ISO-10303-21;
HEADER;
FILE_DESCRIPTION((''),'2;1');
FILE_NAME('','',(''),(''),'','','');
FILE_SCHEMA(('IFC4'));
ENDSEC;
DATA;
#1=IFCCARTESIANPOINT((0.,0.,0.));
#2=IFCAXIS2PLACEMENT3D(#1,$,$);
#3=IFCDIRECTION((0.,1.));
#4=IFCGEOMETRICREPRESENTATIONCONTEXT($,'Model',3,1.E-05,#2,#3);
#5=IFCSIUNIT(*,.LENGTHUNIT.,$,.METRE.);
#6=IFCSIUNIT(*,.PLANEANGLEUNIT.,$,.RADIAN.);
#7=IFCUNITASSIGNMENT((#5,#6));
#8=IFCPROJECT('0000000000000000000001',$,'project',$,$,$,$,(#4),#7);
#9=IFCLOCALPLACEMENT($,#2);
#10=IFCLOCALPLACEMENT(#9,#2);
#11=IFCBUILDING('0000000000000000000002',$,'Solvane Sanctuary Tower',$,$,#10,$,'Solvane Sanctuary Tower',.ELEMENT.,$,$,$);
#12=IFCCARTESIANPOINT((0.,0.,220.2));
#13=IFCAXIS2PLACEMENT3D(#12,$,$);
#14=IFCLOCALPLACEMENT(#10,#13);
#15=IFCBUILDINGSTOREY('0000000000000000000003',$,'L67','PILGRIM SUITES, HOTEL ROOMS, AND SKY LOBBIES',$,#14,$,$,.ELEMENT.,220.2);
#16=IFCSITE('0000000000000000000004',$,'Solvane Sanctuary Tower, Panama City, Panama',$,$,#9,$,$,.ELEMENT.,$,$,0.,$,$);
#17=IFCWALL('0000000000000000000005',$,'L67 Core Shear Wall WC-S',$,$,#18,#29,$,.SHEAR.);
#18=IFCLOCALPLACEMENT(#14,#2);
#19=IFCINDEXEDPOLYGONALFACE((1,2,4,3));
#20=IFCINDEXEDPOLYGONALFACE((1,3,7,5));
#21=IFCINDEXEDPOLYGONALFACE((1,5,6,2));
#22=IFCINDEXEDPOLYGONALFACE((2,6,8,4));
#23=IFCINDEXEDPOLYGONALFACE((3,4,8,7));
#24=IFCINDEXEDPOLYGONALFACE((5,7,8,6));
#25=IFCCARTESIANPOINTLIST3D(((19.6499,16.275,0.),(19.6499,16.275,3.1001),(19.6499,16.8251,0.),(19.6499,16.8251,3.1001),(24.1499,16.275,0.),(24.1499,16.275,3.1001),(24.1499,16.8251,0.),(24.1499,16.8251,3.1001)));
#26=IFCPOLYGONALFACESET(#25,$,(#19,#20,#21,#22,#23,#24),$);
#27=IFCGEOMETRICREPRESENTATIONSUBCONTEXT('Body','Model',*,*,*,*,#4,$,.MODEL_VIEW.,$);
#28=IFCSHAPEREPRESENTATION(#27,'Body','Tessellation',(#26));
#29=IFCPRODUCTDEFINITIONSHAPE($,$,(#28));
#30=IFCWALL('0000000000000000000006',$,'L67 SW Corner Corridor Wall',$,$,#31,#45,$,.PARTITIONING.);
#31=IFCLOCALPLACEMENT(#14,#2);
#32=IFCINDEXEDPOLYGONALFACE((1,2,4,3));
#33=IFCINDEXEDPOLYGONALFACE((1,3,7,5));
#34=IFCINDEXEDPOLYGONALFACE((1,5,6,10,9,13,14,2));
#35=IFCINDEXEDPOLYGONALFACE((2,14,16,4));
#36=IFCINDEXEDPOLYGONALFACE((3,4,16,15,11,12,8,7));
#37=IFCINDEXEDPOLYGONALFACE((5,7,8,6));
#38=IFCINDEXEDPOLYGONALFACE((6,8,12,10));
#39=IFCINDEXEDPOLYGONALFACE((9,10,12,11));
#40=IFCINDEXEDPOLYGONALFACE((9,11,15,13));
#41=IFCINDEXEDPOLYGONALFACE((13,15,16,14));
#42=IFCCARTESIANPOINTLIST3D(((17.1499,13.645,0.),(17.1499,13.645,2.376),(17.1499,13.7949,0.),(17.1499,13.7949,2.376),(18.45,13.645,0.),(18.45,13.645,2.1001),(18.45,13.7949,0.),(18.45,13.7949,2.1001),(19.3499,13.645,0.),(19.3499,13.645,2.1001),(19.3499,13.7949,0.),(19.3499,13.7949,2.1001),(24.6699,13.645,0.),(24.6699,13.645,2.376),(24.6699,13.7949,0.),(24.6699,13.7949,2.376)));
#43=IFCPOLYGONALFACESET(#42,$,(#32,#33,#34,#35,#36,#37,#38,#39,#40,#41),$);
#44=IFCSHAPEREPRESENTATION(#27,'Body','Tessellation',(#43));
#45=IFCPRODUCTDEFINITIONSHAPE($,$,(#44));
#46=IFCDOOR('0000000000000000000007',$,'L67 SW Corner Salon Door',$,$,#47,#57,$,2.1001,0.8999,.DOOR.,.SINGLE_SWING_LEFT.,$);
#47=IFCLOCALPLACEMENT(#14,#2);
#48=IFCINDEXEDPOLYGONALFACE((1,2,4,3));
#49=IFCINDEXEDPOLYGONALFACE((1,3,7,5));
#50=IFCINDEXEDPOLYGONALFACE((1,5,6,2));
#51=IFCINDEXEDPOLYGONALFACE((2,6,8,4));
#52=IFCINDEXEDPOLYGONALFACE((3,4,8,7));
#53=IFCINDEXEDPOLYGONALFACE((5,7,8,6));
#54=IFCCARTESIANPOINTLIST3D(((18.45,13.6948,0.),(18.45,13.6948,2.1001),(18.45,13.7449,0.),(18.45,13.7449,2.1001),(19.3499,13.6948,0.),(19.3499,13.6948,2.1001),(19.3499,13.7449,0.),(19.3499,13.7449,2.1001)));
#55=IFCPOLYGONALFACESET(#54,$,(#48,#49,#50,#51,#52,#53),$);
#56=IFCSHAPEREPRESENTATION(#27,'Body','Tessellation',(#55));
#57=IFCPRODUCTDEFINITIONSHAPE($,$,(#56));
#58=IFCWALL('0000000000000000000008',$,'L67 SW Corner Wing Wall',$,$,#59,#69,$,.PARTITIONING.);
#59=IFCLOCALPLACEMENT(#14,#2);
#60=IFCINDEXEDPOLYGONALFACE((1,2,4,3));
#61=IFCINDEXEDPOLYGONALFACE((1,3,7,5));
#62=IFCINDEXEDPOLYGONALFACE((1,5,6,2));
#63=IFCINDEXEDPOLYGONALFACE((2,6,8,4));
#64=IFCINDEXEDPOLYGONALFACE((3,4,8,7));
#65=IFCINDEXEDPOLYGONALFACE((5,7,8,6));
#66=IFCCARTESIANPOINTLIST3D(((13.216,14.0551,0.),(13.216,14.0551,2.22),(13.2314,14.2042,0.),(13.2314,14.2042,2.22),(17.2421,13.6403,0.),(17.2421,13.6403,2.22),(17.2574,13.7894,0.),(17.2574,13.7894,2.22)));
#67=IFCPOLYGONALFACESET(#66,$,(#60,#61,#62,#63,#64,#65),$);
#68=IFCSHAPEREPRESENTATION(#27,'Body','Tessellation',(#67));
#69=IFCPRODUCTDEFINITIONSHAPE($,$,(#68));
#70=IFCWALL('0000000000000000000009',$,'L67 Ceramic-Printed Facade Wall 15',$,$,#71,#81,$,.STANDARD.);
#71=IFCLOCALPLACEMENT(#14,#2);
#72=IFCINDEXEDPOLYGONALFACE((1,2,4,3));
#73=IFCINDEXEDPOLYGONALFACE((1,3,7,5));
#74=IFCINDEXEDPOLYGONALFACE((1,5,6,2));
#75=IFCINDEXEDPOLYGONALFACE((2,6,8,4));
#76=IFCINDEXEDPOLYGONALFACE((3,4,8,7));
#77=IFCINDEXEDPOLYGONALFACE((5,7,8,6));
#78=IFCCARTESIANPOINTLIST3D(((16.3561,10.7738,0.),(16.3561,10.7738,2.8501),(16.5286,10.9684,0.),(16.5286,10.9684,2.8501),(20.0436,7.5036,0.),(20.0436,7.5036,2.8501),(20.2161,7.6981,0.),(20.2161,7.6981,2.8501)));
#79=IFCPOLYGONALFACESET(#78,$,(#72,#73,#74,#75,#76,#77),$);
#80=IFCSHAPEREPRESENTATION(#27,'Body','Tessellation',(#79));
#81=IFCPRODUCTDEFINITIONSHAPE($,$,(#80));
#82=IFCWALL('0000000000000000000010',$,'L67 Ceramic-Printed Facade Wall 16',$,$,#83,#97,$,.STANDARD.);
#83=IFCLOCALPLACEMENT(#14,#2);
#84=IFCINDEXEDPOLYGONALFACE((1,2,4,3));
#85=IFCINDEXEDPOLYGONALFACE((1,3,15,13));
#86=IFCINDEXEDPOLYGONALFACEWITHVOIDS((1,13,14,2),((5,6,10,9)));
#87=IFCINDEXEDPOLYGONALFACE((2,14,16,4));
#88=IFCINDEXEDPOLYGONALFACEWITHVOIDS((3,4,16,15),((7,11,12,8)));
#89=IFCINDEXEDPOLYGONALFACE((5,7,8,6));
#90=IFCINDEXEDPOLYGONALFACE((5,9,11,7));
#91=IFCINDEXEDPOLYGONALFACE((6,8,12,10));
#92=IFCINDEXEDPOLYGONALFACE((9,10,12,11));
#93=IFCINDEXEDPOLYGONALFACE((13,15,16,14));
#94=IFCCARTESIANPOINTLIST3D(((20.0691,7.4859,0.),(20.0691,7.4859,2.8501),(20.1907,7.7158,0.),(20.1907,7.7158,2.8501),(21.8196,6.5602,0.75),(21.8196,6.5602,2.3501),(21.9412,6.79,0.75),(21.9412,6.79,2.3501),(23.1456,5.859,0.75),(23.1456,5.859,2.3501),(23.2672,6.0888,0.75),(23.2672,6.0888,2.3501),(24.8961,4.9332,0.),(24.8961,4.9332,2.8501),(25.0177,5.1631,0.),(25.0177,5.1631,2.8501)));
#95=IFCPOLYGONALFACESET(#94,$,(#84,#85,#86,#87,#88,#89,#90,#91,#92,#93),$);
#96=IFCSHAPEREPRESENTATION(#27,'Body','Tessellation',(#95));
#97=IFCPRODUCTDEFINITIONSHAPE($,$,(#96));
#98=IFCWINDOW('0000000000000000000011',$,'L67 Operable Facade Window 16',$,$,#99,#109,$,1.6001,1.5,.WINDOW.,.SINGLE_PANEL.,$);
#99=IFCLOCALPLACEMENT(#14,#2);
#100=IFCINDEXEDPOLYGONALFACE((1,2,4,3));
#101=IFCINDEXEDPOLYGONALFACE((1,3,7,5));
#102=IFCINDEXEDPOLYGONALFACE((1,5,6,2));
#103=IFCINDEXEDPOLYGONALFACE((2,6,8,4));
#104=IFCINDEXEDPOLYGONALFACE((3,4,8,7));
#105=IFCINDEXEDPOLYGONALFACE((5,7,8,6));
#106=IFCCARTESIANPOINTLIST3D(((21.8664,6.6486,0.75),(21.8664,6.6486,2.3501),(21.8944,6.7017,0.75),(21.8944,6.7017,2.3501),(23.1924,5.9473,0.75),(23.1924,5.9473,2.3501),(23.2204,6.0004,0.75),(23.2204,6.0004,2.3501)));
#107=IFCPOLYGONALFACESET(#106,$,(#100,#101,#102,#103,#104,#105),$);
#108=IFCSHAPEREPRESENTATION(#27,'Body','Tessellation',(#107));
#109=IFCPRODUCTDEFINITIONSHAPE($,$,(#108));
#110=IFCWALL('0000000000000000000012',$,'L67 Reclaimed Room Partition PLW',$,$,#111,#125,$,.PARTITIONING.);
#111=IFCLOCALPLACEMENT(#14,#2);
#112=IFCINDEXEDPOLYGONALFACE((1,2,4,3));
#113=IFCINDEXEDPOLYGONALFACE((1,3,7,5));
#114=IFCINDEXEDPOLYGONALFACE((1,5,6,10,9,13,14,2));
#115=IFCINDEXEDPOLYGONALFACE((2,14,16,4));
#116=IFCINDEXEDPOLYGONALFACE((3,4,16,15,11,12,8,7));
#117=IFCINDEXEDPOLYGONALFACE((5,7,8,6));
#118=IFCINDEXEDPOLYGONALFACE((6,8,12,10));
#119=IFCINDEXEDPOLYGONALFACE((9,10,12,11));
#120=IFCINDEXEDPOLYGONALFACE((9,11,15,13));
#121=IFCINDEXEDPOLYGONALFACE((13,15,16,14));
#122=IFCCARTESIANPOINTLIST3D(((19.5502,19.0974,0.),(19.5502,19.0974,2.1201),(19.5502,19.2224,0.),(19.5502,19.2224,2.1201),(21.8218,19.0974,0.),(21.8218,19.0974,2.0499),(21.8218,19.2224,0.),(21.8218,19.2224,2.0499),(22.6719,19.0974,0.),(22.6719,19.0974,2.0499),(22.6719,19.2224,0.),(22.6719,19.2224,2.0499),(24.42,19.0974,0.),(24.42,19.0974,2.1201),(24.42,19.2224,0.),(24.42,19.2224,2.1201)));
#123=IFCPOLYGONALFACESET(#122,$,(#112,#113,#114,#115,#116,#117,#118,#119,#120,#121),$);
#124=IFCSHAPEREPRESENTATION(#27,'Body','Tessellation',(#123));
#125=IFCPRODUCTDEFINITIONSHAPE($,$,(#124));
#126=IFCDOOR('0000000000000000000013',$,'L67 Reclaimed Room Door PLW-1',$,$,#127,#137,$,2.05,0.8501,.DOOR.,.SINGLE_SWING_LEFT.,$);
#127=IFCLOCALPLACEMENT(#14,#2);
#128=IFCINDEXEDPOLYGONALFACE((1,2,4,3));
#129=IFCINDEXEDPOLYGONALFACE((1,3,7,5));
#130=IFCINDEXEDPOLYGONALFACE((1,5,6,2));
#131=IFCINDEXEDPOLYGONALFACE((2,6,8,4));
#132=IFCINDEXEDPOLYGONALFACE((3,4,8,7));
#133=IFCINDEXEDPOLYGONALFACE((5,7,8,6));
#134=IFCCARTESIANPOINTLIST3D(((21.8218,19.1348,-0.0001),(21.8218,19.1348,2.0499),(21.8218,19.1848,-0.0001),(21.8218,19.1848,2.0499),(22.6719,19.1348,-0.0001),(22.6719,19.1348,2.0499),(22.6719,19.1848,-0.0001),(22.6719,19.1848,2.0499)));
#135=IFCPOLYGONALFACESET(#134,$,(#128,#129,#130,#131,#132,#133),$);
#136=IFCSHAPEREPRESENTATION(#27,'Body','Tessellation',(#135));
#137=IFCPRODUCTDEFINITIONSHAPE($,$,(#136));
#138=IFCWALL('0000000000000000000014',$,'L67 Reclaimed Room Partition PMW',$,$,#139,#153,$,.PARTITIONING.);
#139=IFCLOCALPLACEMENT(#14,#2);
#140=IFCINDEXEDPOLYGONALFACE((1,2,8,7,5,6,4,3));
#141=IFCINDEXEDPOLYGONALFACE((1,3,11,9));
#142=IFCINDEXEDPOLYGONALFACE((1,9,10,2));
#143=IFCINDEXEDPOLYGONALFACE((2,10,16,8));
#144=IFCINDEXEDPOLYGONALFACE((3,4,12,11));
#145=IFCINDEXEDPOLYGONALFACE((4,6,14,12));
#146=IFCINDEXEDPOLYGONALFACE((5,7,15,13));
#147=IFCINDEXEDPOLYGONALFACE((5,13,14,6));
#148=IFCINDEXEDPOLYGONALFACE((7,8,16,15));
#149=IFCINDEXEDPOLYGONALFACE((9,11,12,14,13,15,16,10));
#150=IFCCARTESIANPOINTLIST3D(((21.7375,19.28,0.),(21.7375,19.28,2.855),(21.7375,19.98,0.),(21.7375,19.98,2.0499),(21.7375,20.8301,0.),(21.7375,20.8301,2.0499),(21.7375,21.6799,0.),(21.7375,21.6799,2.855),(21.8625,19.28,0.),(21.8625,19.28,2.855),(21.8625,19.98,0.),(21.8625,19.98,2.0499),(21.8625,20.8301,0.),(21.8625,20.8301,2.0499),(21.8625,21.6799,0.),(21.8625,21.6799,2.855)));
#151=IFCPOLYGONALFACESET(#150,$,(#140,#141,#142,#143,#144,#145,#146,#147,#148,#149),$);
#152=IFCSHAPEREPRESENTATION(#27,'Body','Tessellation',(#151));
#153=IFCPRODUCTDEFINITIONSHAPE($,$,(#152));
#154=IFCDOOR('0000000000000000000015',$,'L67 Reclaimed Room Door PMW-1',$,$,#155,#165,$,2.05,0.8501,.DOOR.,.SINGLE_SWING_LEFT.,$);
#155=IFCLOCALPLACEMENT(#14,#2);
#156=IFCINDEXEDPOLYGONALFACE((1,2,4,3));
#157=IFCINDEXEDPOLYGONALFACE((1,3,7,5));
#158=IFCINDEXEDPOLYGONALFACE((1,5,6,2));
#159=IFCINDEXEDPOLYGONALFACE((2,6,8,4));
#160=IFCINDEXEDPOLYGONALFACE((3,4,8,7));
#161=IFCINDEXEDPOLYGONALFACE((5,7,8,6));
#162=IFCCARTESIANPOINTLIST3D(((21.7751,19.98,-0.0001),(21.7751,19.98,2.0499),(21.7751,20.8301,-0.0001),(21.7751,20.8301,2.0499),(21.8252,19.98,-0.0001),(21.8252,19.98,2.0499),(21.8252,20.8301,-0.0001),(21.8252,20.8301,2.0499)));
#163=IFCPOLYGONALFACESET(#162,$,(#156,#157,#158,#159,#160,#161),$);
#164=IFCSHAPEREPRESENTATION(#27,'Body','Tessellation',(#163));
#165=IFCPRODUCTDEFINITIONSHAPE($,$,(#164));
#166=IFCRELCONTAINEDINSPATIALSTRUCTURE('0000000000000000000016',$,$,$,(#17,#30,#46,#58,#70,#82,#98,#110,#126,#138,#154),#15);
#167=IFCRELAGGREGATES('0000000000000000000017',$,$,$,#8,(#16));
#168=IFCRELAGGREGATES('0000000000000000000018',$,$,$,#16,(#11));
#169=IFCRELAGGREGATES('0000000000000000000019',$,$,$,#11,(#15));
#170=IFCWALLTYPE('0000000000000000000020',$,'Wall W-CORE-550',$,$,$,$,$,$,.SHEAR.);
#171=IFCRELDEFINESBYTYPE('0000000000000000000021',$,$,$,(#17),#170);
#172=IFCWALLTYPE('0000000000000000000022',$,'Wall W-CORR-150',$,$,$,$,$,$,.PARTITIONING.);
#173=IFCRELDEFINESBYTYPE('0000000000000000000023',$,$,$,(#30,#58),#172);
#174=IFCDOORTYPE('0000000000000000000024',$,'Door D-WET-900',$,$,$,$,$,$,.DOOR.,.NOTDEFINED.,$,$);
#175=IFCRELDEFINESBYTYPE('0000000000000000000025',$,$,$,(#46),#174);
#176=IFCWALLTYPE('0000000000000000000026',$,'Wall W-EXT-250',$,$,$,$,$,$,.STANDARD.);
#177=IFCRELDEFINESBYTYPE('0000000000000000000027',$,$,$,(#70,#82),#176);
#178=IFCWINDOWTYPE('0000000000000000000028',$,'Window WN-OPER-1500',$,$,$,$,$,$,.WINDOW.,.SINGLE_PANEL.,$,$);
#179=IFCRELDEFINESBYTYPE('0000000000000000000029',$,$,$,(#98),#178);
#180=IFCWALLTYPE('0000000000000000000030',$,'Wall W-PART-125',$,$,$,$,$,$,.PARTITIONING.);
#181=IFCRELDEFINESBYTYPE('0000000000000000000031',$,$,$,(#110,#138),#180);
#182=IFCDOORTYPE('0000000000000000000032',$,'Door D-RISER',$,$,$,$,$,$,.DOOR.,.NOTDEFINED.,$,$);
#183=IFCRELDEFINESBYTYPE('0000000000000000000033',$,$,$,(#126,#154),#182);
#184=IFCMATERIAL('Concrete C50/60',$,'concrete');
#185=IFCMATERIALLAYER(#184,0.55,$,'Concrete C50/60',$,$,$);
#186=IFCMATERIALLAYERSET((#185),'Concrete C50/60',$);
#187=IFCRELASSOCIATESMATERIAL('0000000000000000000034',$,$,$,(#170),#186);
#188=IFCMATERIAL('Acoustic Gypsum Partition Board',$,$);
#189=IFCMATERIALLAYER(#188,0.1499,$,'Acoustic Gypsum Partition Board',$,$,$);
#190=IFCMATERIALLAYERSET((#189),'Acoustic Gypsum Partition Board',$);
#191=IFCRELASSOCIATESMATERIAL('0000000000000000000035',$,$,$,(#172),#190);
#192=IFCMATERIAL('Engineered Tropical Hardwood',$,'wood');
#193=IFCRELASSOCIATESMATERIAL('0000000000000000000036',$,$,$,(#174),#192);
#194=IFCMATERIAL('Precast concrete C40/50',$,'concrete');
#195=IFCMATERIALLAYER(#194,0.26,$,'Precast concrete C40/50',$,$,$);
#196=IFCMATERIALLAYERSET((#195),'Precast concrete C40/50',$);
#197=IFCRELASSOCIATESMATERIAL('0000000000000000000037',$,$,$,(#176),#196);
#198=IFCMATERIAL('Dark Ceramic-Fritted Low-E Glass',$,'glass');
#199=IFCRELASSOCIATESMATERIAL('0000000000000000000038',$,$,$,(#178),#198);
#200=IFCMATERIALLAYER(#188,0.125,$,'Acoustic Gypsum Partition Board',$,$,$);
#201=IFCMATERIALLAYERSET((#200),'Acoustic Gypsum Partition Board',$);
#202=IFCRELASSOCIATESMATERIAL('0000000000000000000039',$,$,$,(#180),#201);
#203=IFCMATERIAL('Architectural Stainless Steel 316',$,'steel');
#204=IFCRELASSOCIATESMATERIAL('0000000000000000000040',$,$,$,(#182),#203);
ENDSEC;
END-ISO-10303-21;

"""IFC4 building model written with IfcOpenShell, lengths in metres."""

from ifc_helpers import new_model, si_unit, direction, frame, frame_2d, origin, place, context, subcontext, project, spatial, rectangle, extrude, material, layer, layer_set, type_object, element, fill, save


model = new_model("IFC4")

# Units and contexts
model_context = context("Model", 3, precision=1e-05, world=origin(), true_north=direction((0.0, 1.0)))
body_context = subcontext(model_context, "Body", "Model", "MODEL_VIEW")
ifc_project = project(units=[si_unit("LENGTHUNIT", "METRE"), si_unit("PLANEANGLEUNIT", "RADIAN")], contexts=[model_context])

# Site, building, storey
site_placement = place(None, origin())
site = spatial("IfcSite", under=ifc_project, at=site_placement, Name="Solvane Sanctuary Tower, Panama City, Panama", CompositionType="ELEMENT", RefElevation=0.0)
building_placement = place(site_placement, origin())
building = spatial("IfcBuilding", under=site, at=building_placement, Name="Solvane Sanctuary Tower", LongName="Solvane Sanctuary Tower", CompositionType="ELEMENT")
storey_placement = place(building_placement, frame((0.0, 0.0, 220.2)))
storey = spatial("IfcBuildingStorey", under=building, at=storey_placement, Name="L67", Description="PILGRIM SUITES, HOTEL ROOMS, AND SKY LOBBIES", CompositionType="ELEMENT", Elevation=220.2)

# Shared definitions
ifc_material_1 = material(Name="Concrete C50/60", Category="concrete")

# Wall
ifc_layer_1 = layer(ifc_material_1, 0.55, Name="Concrete C50/60")
ifc_layer_set_1 = layer_set([ifc_layer_1], Name="Concrete C50/60")
wall_type_1 = type_object("IfcWallType", Name="Wall W-CORE-550", PredefinedType="SHEAR", material=ifc_layer_set_1)
wall_1_placement = place(storey_placement, frame((19.6499, 16.55, 0.0), z_axis=(0.0, 0.0, 1.0), x_axis=(1.0, 0.0, 0.0)))
element("IfcWall", 1, at=wall_1_placement, inside=storey, type_object=wall_type_1, Name="L67 Core Shear Wall WC-S", PredefinedType="SHEAR", context=body_context, shape_type="SweptSolid", body=[
    extrude(rectangle(XDim=4.5, YDim=0.55, at=frame_2d((2.25, 0.0))), origin(), (0.0, 0.0, 1.0), 3.1001),
])

# Wall, opening, door
ifc_material_2 = material(Name="Acoustic Gypsum Partition Board")
ifc_layer_2 = layer(ifc_material_2, 0.1499, Name="Acoustic Gypsum Partition Board")
ifc_layer_set_2 = layer_set([ifc_layer_2], Name="Acoustic Gypsum Partition Board")
wall_type_2 = type_object("IfcWallType", Name="Wall W-CORR-150", PredefinedType="PARTITIONING", material=ifc_layer_set_2)
wall_2_placement = place(storey_placement, frame((17.1499, 13.72, 0.0), z_axis=(0.0, 0.0, 1.0), x_axis=(1.0, 0.0, 0.0)))
wall_2 = element("IfcWall", 2, at=wall_2_placement, inside=storey, type_object=wall_type_2, Name="L67 SW Corner Corridor Wall", PredefinedType="PARTITIONING", context=body_context, shape_type="SweptSolid", body=[
    extrude(rectangle(XDim=7.52, YDim=0.1499, at=frame_2d((3.76, 0.0))), origin(), (0.0, 0.0, 1.0), 2.376),
])
opening_1_placement = place(wall_2_placement, frame((1.3, 0.0, 0.0)))
opening_1 = element("IfcOpeningElement", 3, at=opening_1_placement, cuts=wall_2, PredefinedType="OPENING", context=body_context, shape_type="SweptSolid", body=[
    extrude(rectangle(XDim=0.8999, YDim=2.1001, at=frame_2d((0.45, 1.05))), frame((0.0, 0.085, 0.0), z_axis=(0.0, -1.0, 0.0), x_axis=(1.0, 0.0, 0.0)), (0.0, 0.0, 1.0), 0.1699),
])
ifc_material_3 = material(Name="Engineered Tropical Hardwood", Category="wood")
door_type_1 = type_object("IfcDoorType", Name="Door D-WET-900", OperationType="NOTDEFINED", PredefinedType="DOOR", material=ifc_material_3)
door_1_placement = place(opening_1_placement, origin())
door_1 = element("IfcDoor", 4, at=door_1_placement, inside=storey, type_object=door_type_1, Name="L67 SW Corner Salon Door", OperationType="SINGLE_SWING_LEFT", OverallHeight=2.1001, OverallWidth=0.8999, PredefinedType="DOOR", context=body_context, shape_type="SweptSolid", body=[
    extrude(rectangle(XDim=0.8999, YDim=2.1001, at=frame_2d((0.45, 1.05))), frame((0.0, 0.0249, 0.0), z_axis=(0.0, -1.0, 0.0), x_axis=(1.0, 0.0, 0.0)), (0.0, 0.0, 1.0), 0.05),
])
fill(opening_1, door_1)

# Walls
wall_3_placement = place(storey_placement, frame((17.2498, 13.7148, 0.0), z_axis=(0.0, 0.0, 1.0), x_axis=(-0.994735, 0.102483, 0.0)))
element("IfcWall", 5, at=wall_3_placement, inside=storey, type_object=wall_type_2, Name="L67 SW Corner Wing Wall", PredefinedType="PARTITIONING", context=body_context, shape_type="SweptSolid", body=[
    extrude(rectangle(XDim=4.0474, YDim=0.1499, at=frame_2d((2.0237, 0.0))), origin(), (0.0, 0.0, 1.0), 2.22),
])
ifc_material_4 = material(Name="Precast concrete C40/50", Category="concrete")
ifc_layer_3 = layer(ifc_material_4, 0.26, Name="Precast concrete C40/50")
ifc_layer_set_3 = layer_set([ifc_layer_3], Name="Precast concrete C40/50")
wall_type_3 = type_object("IfcWallType", Name="Wall W-EXT-250", PredefinedType="STANDARD", material=ifc_layer_set_3)
wall_4_placement = place(storey_placement, frame((16.4424, 10.8711, 0.0), z_axis=(0.0, 0.0, 1.0), x_axis=(0.748166, -0.663512, 0.0)))
element("IfcWall", 6, at=wall_4_placement, inside=storey, type_object=wall_type_3, Name="L67 Ceramic-Printed Facade Wall 15", PredefinedType="STANDARD", context=body_context, shape_type="SweptSolid", body=[
    extrude(rectangle(XDim=4.9287, YDim=0.26, at=frame_2d((2.4644, 0.0))), origin(), (0.0, 0.0, 1.0), 2.8501),
])

# Wall, opening, window
wall_5_placement = place(storey_placement, frame((20.1299, 7.6008, 0.0), z_axis=(0.0, 0.0, 1.0), x_axis=(0.884001, -0.467485, 0.0)))
wall_5 = element("IfcWall", 7, at=wall_5_placement, inside=storey, type_object=wall_type_3, Name="L67 Ceramic-Printed Facade Wall 16", PredefinedType="STANDARD", context=body_context, shape_type="SweptSolid", body=[
    extrude(rectangle(XDim=5.4604, YDim=0.26, at=frame_2d((2.7302, 0.0))), origin(), (0.0, 0.0, 1.0), 2.8501),
])
opening_2_placement = place(wall_5_placement, frame((1.9802, 0.0, 0.75)))
opening_2 = element("IfcOpeningElement", 8, at=opening_2_placement, cuts=wall_5, PredefinedType="OPENING", context=body_context, shape_type="SweptSolid", body=[
    extrude(rectangle(XDim=1.5, YDim=1.6001, at=frame_2d((0.75, 0.8))), frame((0.0, 0.1399, 0.0), z_axis=(0.0, -1.0, 0.0), x_axis=(1.0, 0.0, 0.0)), (0.0, 0.0, 1.0), 0.28),
])
ifc_material_5 = material(Name="Dark Ceramic-Fritted Low-E Glass", Category="glass")
window_type = type_object("IfcWindowType", Name="Window WN-OPER-1500", PartitioningType="SINGLE_PANEL", PredefinedType="WINDOW", material=ifc_material_5)
window_placement = place(opening_2_placement, origin())
window = element("IfcWindow", 9, at=window_placement, inside=storey, type_object=window_type, Name="L67 Operable Facade Window 16", OverallHeight=1.6001, OverallWidth=1.5, PartitioningType="SINGLE_PANEL", PredefinedType="WINDOW", context=body_context, shape_type="SweptSolid", body=[
    extrude(rectangle(XDim=1.5, YDim=1.6001, at=frame_2d((0.75, 0.8))), frame((0.0, 0.03, 0.0), z_axis=(0.0, -1.0, 0.0), x_axis=(1.0, 0.0, 0.0)), (0.0, 0.0, 1.0), 0.0601),
])
fill(opening_2, window)

# Walls, openings, doors
ifc_layer_4 = layer(ifc_material_2, 0.125, Name="Acoustic Gypsum Partition Board")
ifc_layer_set_4 = layer_set([ifc_layer_4], Name="Acoustic Gypsum Partition Board")
wall_type_4 = type_object("IfcWallType", Name="Wall W-PART-125", PredefinedType="PARTITIONING", material=ifc_layer_set_4)
wall_6_placement = place(storey_placement, frame((19.55, 19.1599, 0.0), z_axis=(0.0, 0.0, 1.0), x_axis=(1.0, 0.0, 0.0)))
wall_6 = element("IfcWall", 10, at=wall_6_placement, inside=storey, type_object=wall_type_4, Name="L67 Reclaimed Room Partition PLW", PredefinedType="PARTITIONING", context=body_context, shape_type="SweptSolid", body=[
    extrude(rectangle(XDim=4.8699, YDim=0.125, at=frame_2d((2.4351, 0.0))), origin(), (0.0, 0.0, 1.0), 2.1201),
])
opening_3_placement = place(wall_6_placement, frame((2.2717, 0.0, 0.0)))
opening_3 = element("IfcOpeningElement", 11, at=opening_3_placement, cuts=wall_6, PredefinedType="OPENING", context=body_context, shape_type="SweptSolid", body=[
    extrude(rectangle(XDim=0.8501, YDim=2.05, at=frame_2d((0.425, 1.0249))), frame((0.0, 0.0725, 0.0), z_axis=(0.0, -1.0, 0.0), x_axis=(1.0, 0.0, 0.0)), (0.0, 0.0, 1.0), 0.145),
])
ifc_material_6 = material(Name="Architectural Stainless Steel 316", Category="steel")
door_type_2 = type_object("IfcDoorType", Name="Door D-RISER", OperationType="NOTDEFINED", PredefinedType="DOOR", material=ifc_material_6)
door_2_placement = place(opening_3_placement, origin())
door_2 = element("IfcDoor", 12, at=door_2_placement, inside=storey, type_object=door_type_2, Name="L67 Reclaimed Room Door PLW-1", OperationType="SINGLE_SWING_LEFT", OverallHeight=2.05, OverallWidth=0.8501, PredefinedType="DOOR", context=body_context, shape_type="SweptSolid", body=[
    extrude(rectangle(XDim=0.8501, YDim=2.05, at=frame_2d((0.425, 1.0249))), frame((0.0, 0.0249, 0.0), z_axis=(0.0, -1.0, 0.0), x_axis=(1.0, 0.0, 0.0)), (0.0, 0.0, 1.0), 0.05),
])
fill(opening_3, door_2)
wall_7_placement = place(storey_placement, frame((21.8, 19.28, 0.0), z_axis=(0.0, 0.0, 1.0), x_axis=(0.0, 1.0, 0.0)))
wall_7 = element("IfcWall", 13, at=wall_7_placement, inside=storey, type_object=wall_type_4, Name="L67 Reclaimed Room Partition PMW", PredefinedType="PARTITIONING", context=body_context, shape_type="SweptSolid", body=[
    extrude(rectangle(XDim=2.3999, YDim=0.125, at=frame_2d((1.2, 0.0))), origin(), (0.0, 0.0, 1.0), 2.855),
])
opening_4_placement = place(wall_7_placement, frame((0.7, 0.0, 0.0)))
opening_4 = element("IfcOpeningElement", 14, at=opening_4_placement, cuts=wall_7, PredefinedType="OPENING", context=body_context, shape_type="SweptSolid", body=[
    extrude(rectangle(XDim=0.8501, YDim=2.05, at=frame_2d((0.425, 1.0249))), frame((0.0, 0.0725, 0.0), z_axis=(0.0, -1.0, 0.0), x_axis=(1.0, 0.0, 0.0)), (0.0, 0.0, 1.0), 0.145),
])
door_3_placement = place(opening_4_placement, origin())
door_3 = element("IfcDoor", 15, at=door_3_placement, inside=storey, type_object=door_type_2, Name="L67 Reclaimed Room Door PMW-1", OperationType="SINGLE_SWING_LEFT", OverallHeight=2.05, OverallWidth=0.8501, PredefinedType="DOOR", context=body_context, shape_type="SweptSolid", body=[
    extrude(rectangle(XDim=0.8501, YDim=2.05, at=frame_2d((0.425, 1.0249))), frame((0.0, 0.0249, 0.0), z_axis=(0.0, -1.0, 0.0), x_axis=(1.0, 0.0, 0.0)), (0.0, 0.0, 1.0), 0.05),
])
fill(opening_4, door_3)

save(model, "model.ifc")
